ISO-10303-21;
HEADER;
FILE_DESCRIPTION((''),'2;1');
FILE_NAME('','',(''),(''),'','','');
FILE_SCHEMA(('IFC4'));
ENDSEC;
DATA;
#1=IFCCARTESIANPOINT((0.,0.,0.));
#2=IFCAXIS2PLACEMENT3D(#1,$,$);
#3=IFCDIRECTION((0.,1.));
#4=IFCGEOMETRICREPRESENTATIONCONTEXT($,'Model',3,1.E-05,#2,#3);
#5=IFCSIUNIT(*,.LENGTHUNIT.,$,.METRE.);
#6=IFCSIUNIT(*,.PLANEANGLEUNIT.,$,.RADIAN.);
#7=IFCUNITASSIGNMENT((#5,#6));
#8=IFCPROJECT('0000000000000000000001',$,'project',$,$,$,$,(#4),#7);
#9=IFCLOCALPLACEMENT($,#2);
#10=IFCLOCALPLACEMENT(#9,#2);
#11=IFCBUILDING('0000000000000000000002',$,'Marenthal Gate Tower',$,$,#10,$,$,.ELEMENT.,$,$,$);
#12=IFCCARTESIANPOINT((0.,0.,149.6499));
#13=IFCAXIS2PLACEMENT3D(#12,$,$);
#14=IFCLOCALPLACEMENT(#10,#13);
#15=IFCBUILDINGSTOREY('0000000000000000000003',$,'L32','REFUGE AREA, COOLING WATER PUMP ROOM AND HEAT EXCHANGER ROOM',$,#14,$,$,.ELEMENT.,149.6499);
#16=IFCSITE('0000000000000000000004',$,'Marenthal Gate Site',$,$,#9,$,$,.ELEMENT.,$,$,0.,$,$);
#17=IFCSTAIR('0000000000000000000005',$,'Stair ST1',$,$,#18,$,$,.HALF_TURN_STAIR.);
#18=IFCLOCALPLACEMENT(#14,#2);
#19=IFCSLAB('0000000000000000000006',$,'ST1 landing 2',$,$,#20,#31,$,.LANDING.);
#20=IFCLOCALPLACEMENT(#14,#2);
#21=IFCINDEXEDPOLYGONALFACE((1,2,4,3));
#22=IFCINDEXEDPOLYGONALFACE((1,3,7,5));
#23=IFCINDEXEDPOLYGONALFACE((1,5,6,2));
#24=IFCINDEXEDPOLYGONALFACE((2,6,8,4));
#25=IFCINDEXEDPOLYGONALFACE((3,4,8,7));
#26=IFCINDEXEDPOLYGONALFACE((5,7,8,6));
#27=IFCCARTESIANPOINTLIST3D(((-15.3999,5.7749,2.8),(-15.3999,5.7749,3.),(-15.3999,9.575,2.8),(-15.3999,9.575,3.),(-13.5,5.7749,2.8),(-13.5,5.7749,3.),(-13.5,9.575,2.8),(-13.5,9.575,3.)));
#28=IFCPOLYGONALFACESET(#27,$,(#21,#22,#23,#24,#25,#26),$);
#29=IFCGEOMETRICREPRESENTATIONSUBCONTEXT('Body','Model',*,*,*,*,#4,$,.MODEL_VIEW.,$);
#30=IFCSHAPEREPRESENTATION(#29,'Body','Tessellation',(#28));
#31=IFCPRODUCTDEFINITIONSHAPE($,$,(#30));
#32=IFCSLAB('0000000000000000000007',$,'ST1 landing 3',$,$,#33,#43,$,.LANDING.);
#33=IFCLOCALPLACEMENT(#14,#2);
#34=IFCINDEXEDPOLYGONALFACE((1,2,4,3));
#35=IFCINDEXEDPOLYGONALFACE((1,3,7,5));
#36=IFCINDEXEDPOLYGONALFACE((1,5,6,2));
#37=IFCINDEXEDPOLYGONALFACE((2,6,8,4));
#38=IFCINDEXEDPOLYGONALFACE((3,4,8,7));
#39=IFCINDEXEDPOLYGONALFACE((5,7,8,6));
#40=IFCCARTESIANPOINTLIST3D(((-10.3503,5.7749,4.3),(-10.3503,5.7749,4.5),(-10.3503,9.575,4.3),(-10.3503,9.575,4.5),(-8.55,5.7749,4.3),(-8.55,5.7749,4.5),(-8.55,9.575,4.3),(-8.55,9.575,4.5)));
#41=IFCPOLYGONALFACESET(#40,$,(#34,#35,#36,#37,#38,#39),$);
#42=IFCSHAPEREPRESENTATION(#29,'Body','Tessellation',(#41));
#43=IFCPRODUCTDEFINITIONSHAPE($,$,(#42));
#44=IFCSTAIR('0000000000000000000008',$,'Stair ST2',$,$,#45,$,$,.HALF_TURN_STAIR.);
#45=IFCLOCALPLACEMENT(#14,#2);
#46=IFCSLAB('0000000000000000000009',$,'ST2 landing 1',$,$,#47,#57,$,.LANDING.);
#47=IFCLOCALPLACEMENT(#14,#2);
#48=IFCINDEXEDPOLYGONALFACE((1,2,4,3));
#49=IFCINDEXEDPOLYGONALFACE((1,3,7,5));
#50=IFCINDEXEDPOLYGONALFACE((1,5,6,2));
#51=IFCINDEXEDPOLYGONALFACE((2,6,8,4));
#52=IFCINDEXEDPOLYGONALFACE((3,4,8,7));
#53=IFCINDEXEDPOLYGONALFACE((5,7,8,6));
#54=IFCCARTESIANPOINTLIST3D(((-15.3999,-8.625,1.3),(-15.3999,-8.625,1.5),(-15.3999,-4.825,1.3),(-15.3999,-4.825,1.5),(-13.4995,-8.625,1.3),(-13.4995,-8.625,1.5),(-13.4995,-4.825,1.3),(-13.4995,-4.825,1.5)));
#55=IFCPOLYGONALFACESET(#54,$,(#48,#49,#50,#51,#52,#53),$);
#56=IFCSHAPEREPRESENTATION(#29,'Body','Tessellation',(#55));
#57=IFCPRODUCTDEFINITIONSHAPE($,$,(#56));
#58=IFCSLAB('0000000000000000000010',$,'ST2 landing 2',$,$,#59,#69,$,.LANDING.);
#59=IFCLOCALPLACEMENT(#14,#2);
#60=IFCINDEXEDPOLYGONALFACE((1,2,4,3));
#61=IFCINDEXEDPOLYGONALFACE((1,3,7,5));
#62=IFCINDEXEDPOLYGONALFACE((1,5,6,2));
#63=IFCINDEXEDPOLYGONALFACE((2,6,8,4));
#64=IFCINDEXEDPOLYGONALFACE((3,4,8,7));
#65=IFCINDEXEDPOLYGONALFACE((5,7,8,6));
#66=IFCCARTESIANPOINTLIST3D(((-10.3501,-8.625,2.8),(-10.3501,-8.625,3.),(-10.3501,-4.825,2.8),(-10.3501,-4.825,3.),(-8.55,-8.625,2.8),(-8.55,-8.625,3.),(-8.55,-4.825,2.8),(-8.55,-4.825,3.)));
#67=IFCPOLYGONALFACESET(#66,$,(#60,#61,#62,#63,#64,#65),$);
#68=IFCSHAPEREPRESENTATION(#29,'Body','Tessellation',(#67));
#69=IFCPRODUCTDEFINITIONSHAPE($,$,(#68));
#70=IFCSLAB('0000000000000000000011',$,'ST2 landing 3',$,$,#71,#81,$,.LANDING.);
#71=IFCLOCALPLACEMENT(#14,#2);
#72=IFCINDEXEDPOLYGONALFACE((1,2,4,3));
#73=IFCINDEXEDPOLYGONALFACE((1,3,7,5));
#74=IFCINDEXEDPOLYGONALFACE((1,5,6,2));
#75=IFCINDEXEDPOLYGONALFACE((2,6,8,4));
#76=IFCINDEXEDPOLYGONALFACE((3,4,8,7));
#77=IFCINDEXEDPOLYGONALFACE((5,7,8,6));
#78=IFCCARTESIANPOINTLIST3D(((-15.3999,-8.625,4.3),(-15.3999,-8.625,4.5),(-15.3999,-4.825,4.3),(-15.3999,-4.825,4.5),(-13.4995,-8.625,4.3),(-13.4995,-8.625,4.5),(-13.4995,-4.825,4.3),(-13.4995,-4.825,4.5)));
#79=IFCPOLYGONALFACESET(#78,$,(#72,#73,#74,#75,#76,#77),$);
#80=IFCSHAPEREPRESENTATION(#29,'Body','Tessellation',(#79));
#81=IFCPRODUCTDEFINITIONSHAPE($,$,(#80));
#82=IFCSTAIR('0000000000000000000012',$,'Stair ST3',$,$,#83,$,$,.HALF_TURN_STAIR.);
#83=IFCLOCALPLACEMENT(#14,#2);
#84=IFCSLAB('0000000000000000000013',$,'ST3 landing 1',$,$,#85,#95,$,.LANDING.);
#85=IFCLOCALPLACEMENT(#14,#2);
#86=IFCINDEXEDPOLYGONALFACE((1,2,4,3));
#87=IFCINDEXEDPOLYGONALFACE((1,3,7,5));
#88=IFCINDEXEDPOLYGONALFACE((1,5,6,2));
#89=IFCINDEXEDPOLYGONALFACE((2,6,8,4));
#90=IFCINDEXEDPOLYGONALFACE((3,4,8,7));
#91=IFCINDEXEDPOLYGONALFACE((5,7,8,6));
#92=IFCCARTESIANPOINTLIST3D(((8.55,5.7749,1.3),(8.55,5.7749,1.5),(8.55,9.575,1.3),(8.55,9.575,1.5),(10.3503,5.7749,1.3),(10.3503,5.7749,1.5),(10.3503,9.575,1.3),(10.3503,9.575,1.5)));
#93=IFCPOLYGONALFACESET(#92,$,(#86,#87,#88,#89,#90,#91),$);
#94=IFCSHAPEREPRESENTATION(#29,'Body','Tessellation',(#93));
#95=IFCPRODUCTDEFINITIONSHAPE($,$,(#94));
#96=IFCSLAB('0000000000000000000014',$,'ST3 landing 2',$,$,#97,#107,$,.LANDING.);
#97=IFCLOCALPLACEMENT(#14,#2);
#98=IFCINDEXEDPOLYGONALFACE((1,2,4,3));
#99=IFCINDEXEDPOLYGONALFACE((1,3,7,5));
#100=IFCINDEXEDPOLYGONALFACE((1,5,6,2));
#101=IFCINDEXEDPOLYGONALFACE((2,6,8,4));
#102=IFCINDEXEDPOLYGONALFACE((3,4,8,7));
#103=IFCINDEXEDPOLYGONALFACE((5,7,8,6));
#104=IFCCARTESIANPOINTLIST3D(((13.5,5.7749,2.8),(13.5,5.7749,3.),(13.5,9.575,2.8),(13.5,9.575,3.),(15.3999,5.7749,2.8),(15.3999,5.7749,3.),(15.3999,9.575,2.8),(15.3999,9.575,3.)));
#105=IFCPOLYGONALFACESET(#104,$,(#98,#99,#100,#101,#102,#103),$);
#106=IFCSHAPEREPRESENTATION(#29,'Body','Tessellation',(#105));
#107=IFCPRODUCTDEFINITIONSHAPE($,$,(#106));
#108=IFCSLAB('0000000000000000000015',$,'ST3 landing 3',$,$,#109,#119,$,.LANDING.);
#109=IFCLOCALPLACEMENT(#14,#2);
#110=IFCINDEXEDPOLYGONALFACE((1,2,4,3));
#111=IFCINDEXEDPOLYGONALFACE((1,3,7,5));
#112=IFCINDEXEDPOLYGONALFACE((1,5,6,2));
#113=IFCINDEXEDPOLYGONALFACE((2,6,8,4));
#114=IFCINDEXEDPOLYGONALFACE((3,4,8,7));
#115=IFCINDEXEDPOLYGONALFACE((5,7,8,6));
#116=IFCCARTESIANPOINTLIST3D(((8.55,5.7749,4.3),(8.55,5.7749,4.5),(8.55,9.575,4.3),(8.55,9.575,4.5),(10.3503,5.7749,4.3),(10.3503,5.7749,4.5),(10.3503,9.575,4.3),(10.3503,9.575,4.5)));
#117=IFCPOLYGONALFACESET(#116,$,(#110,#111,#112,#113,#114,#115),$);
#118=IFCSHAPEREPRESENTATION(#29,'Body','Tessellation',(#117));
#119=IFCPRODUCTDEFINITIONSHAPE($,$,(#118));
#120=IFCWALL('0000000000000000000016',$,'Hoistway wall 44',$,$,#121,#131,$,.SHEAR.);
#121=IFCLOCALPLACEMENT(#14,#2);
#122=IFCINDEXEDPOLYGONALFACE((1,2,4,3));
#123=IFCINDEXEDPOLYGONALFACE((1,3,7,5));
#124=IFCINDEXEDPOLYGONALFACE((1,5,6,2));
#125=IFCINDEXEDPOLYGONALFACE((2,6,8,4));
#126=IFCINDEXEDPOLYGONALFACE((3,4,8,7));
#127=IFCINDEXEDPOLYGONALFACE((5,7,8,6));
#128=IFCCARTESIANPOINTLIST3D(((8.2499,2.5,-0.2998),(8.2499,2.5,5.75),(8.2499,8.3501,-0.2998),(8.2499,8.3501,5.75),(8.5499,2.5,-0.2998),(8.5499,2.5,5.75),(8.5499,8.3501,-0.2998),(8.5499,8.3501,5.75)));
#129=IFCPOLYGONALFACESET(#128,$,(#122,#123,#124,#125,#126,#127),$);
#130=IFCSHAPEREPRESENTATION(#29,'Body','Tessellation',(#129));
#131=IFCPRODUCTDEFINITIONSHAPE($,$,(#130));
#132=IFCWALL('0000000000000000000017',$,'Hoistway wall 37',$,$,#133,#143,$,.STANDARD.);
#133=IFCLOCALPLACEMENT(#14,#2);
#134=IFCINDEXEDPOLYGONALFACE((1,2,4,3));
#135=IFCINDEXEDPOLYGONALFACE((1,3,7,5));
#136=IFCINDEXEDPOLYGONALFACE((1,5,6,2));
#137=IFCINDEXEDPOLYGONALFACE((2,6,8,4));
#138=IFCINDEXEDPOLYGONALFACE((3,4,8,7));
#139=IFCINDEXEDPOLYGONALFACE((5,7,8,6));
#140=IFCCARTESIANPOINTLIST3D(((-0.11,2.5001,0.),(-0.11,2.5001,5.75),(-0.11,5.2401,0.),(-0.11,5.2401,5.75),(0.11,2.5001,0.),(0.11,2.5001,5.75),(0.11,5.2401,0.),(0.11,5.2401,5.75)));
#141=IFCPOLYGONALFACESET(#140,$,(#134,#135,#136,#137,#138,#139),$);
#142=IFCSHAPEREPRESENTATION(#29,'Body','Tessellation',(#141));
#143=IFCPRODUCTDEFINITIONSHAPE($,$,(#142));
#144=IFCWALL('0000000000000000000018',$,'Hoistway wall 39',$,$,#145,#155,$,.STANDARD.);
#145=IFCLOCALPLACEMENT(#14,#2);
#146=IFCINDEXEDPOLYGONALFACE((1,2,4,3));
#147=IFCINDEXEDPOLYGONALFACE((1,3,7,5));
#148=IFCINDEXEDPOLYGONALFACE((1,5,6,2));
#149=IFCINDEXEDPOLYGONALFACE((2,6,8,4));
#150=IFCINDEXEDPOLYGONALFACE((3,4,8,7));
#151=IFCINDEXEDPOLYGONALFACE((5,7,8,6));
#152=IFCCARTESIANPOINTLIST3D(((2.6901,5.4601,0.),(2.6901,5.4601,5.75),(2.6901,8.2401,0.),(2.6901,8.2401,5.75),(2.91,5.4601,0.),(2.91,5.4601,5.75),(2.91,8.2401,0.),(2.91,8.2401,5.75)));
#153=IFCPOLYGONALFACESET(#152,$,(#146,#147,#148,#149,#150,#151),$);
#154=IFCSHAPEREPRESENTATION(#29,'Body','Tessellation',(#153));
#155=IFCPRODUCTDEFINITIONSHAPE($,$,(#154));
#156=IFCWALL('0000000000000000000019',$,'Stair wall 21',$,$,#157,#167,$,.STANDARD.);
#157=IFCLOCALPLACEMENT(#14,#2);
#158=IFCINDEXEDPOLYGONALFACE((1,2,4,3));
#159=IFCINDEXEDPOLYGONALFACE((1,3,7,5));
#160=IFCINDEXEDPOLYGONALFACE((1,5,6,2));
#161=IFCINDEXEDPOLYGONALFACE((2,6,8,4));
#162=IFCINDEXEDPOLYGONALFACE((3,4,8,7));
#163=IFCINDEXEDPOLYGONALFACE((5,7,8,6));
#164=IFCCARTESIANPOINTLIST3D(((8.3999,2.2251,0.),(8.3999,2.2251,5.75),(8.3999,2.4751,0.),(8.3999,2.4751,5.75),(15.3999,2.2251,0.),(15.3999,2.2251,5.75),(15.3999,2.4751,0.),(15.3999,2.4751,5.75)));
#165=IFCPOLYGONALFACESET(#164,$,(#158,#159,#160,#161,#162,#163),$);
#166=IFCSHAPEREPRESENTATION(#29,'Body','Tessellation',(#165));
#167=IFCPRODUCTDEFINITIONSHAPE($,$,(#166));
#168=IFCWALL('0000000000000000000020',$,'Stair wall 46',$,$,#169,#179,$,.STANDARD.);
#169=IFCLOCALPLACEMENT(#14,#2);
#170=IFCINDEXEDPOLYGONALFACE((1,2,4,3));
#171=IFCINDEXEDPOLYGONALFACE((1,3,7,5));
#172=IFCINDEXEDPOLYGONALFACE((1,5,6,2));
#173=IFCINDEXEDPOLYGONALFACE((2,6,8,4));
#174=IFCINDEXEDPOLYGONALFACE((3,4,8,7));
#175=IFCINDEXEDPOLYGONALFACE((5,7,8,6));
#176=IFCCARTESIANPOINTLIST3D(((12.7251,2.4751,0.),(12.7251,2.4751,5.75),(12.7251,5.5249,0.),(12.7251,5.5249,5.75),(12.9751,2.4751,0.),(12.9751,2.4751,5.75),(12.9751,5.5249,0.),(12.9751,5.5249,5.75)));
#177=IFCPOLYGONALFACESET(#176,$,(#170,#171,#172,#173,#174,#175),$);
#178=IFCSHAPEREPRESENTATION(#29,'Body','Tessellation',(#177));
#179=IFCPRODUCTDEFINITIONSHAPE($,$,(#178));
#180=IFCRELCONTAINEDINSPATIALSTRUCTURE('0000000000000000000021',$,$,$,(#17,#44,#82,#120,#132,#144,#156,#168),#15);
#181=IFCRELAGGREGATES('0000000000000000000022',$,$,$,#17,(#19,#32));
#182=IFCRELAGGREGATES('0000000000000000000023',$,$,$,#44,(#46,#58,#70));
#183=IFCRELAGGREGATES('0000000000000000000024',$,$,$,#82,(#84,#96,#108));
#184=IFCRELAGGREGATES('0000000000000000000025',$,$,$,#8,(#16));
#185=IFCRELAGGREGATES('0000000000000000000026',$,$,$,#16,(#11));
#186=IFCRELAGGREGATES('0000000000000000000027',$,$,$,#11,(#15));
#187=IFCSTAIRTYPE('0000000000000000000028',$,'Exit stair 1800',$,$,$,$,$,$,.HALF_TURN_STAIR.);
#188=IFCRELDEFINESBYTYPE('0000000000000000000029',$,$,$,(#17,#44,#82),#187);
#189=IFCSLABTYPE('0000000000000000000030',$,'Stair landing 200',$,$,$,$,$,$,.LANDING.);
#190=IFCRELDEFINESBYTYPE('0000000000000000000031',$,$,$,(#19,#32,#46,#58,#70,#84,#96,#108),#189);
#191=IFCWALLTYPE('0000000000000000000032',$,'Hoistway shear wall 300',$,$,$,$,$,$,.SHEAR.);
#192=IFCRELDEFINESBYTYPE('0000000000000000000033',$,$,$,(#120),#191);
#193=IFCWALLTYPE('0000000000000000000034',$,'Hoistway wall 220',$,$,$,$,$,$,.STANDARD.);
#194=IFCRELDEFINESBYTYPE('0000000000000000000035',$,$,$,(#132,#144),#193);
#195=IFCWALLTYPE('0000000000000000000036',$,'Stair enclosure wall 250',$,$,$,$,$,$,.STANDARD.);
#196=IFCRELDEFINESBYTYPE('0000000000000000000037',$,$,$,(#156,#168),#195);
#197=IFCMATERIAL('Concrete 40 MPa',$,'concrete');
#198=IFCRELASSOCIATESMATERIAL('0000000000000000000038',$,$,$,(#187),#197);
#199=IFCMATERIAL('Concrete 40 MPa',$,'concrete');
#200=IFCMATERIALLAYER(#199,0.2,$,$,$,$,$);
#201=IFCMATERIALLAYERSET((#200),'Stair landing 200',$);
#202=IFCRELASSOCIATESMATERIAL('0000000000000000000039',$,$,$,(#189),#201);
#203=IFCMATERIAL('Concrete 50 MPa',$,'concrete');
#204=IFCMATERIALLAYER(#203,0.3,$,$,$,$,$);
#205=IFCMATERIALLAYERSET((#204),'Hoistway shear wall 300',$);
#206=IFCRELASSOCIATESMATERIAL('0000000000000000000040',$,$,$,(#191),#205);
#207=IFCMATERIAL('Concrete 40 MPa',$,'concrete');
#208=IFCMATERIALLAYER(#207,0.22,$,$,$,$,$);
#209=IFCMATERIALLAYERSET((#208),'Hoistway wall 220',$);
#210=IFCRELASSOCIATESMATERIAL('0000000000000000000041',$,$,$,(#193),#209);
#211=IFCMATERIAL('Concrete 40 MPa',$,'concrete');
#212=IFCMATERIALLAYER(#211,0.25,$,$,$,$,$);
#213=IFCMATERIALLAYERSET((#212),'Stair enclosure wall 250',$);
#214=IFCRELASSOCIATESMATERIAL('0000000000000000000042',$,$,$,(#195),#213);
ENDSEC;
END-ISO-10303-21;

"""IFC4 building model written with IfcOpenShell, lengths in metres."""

from ifc_helpers import new_model, si_unit, direction, frame, frame_2d, origin, place, context, subcontext, project, spatial, polyline, rectangle, outline, extrude, material, layer, layer_set, type_object, element, aggregate, save


model = new_model("IFC4")

# Units and contexts
model_context = context("Model", 3, precision=1e-05, world=origin(), true_north=direction((0.0, 1.0)))
body_context = subcontext(model_context, "Body", "Model", "MODEL_VIEW")
ifc_project = project(units=[si_unit("LENGTHUNIT", "METRE"), si_unit("PLANEANGLEUNIT", "RADIAN")], contexts=[model_context])

# Site, building, storey
site_placement = place(None, origin())
site = spatial("IfcSite", under=ifc_project, at=site_placement, Name="Marenthal Gate Site", CompositionType="ELEMENT", RefElevation=0.0)
building_placement = place(site_placement, origin())
building = spatial("IfcBuilding", under=site, at=building_placement, Name="Marenthal Gate Tower", CompositionType="ELEMENT")
storey_placement = place(building_placement, frame((0.0, 0.0, 149.6499)))
storey = spatial("IfcBuildingStorey", under=building, at=storey_placement, Name="L32", Description="REFUGE AREA, COOLING WATER PUMP ROOM AND HEAT EXCHANGER ROOM", CompositionType="ELEMENT", Elevation=149.6499)

# Stairs, slabs
ifc_material_1 = material(Name="Concrete 40 MPa", Category="concrete")
stair_type = type_object("IfcStairType", Name="Exit stair 1800", PredefinedType="HALF_TURN_STAIR", material=ifc_material_1)
stair_1_placement = place(storey_placement, origin())
stair_1 = element("IfcStair", 1, at=stair_1_placement, inside=storey, type_object=stair_type, Name="Stair ST1", PredefinedType="HALF_TURN_STAIR")
ifc_material_2 = material(Name="Concrete 40 MPa", Category="concrete")
ifc_layer_1 = layer(ifc_material_2, 0.2)
ifc_layer_set_1 = layer_set([ifc_layer_1], Name="Stair landing 200")
slab_type = type_object("IfcSlabType", Name="Stair landing 200", PredefinedType="LANDING", material=ifc_layer_set_1)
slab_1_placement = place(storey_placement, frame((0.0, 0.0, 2.8)))
slab_1 = element("IfcSlab", 2, at=slab_1_placement, type_object=slab_type, Name="ST1 landing 2", PredefinedType="LANDING", context=body_context, shape_type="SweptSolid", body=[
    extrude(outline(polyline([(-15.3999, 5.7749), (-13.5, 5.7749), (-13.5, 9.575), (-15.3999, 9.575), (-15.3999, 5.7749)])), origin(), (0.0, 0.0, 1.0), 0.2),
])
slab_2_placement = place(storey_placement, frame((0.0, 0.0, 4.3)))
slab_2 = element("IfcSlab", 3, at=slab_2_placement, type_object=slab_type, Name="ST1 landing 3", PredefinedType="LANDING", context=body_context, shape_type="SweptSolid", body=[
    extrude(outline(polyline([(-10.3503, 5.7749), (-8.55, 5.7749), (-8.55, 9.575), (-10.3503, 9.575), (-10.3503, 5.7749)])), origin(), (0.0, 0.0, 1.0), 0.2),
])
aggregate(stair_1, [slab_1, slab_2])
stair_2_placement = place(storey_placement, origin())
stair_2 = element("IfcStair", 4, at=stair_2_placement, inside=storey, type_object=stair_type, Name="Stair ST2", PredefinedType="HALF_TURN_STAIR")
slab_3_placement = place(storey_placement, frame((0.0, 0.0, 1.3)))
slab_3 = element("IfcSlab", 5, at=slab_3_placement, type_object=slab_type, Name="ST2 landing 1", PredefinedType="LANDING", context=body_context, shape_type="SweptSolid", body=[
    extrude(outline(polyline([(-15.3999, -8.625), (-13.4995, -8.625), (-13.4995, -4.825), (-15.3999, -4.825), (-15.3999, -8.625)])), origin(), (0.0, 0.0, 1.0), 0.2),
])
slab_4_placement = place(storey_placement, frame((0.0, 0.0, 2.8)))
slab_4 = element("IfcSlab", 6, at=slab_4_placement, type_object=slab_type, Name="ST2 landing 2", PredefinedType="LANDING", context=body_context, shape_type="SweptSolid", body=[
    extrude(outline(polyline([(-10.3501, -8.625), (-8.55, -8.625), (-8.55, -4.825), (-10.3501, -4.825), (-10.3501, -8.625)])), origin(), (0.0, 0.0, 1.0), 0.2),
])
slab_5_placement = place(storey_placement, frame((0.0, 0.0, 4.3)))
slab_5 = element("IfcSlab", 7, at=slab_5_placement, type_object=slab_type, Name="ST2 landing 3", PredefinedType="LANDING", context=body_context, shape_type="SweptSolid", body=[
    extrude(outline(polyline([(-15.3999, -8.625), (-13.4995, -8.625), (-13.4995, -4.825), (-15.3999, -4.825), (-15.3999, -8.625)])), origin(), (0.0, 0.0, 1.0), 0.2),
])
aggregate(stair_2, [slab_3, slab_4, slab_5])
stair_3_placement = place(storey_placement, origin())
stair_3 = element("IfcStair", 8, at=stair_3_placement, inside=storey, type_object=stair_type, Name="Stair ST3", PredefinedType="HALF_TURN_STAIR")
slab_6_placement = place(storey_placement, frame((0.0, 0.0, 1.3)))
slab_6 = element("IfcSlab", 9, at=slab_6_placement, type_object=slab_type, Name="ST3 landing 1", PredefinedType="LANDING", context=body_context, shape_type="SweptSolid", body=[
    extrude(outline(polyline([(8.55, 5.7749), (10.3503, 5.7749), (10.3503, 9.575), (8.55, 9.575), (8.55, 5.7749)])), origin(), (0.0, 0.0, 1.0), 0.2),
])
slab_7_placement = place(storey_placement, frame((0.0, 0.0, 2.8)))
slab_7 = element("IfcSlab", 10, at=slab_7_placement, type_object=slab_type, Name="ST3 landing 2", PredefinedType="LANDING", context=body_context, shape_type="SweptSolid", body=[
    extrude(outline(polyline([(13.5, 5.7749), (15.3999, 5.7749), (15.3999, 9.575), (13.5, 9.575), (13.5, 5.7749)])), origin(), (0.0, 0.0, 1.0), 0.2),
])
slab_8_placement = place(storey_placement, frame((0.0, 0.0, 4.3)))
slab_8 = element("IfcSlab", 11, at=slab_8_placement, type_object=slab_type, Name="ST3 landing 3", PredefinedType="LANDING", context=body_context, shape_type="SweptSolid", body=[
    extrude(outline(polyline([(8.55, 5.7749), (10.3503, 5.7749), (10.3503, 9.575), (8.55, 9.575), (8.55, 5.7749)])), origin(), (0.0, 0.0, 1.0), 0.2),
])

# Walls
ifc_material_3 = material(Name="Concrete 50 MPa", Category="concrete")
ifc_layer_2 = layer(ifc_material_3, 0.3)
ifc_layer_set_2 = layer_set([ifc_layer_2], Name="Hoistway shear wall 300")
wall_type_1 = type_object("IfcWallType", Name="Hoistway shear wall 300", PredefinedType="SHEAR", material=ifc_layer_set_2)
wall_1_placement = place(storey_placement, frame((8.3999, 2.5, -0.2998), z_axis=(0.0, 0.0, 1.0), x_axis=(0.0, 1.0, 0.0)))
element("IfcWall", 12, at=wall_1_placement, inside=storey, type_object=wall_type_1, Name="Hoistway wall 44", PredefinedType="SHEAR", context=body_context, shape_type="SweptSolid", body=[
    extrude(rectangle(XDim=5.8501, YDim=0.3, at=frame_2d((2.925, 0.0))), origin(), (0.0, 0.0, 1.0), 6.0498),
])
ifc_material_4 = material(Name="Concrete 40 MPa", Category="concrete")
ifc_layer_3 = layer(ifc_material_4, 0.22)
ifc_layer_set_3 = layer_set([ifc_layer_3], Name="Hoistway wall 220")
wall_type_2 = type_object("IfcWallType", Name="Hoistway wall 220", PredefinedType="STANDARD", material=ifc_layer_set_3)
wall_2_placement = place(storey_placement, frame((0.0, 2.5, 0.0), z_axis=(0.0, 0.0, 1.0), x_axis=(0.0, 1.0, 0.0)))
element("IfcWall", 13, at=wall_2_placement, inside=storey, type_object=wall_type_2, Name="Hoistway wall 37", PredefinedType="STANDARD", context=body_context, shape_type="SweptSolid", body=[
    extrude(rectangle(XDim=2.74, YDim=0.22, at=frame_2d((1.3701, 0.0))), origin(), (0.0, 0.0, 1.0), 5.75),
])
wall_3_placement = place(storey_placement, frame((2.8, 5.46, 0.0), z_axis=(0.0, 0.0, 1.0), x_axis=(0.0, 1.0, 0.0)))
element("IfcWall", 14, at=wall_3_placement, inside=storey, type_object=wall_type_2, Name="Hoistway wall 39", PredefinedType="STANDARD", context=body_context, shape_type="SweptSolid", body=[
    extrude(rectangle(XDim=2.78, YDim=0.22, at=frame_2d((1.3901, 0.0))), origin(), (0.0, 0.0, 1.0), 5.75),
])
ifc_material_5 = material(Name="Concrete 40 MPa", Category="concrete")
ifc_layer_4 = layer(ifc_material_5, 0.25)
ifc_layer_set_4 = layer_set([ifc_layer_4], Name="Stair enclosure wall 250")
wall_type_3 = type_object("IfcWallType", Name="Stair enclosure wall 250", PredefinedType="STANDARD", material=ifc_layer_set_4)
wall_4_placement = place(storey_placement, frame((8.3999, 2.3501, 0.0), z_axis=(0.0, 0.0, 1.0), x_axis=(1.0, 0.0, 0.0)))
element("IfcWall", 15, at=wall_4_placement, inside=storey, type_object=wall_type_3, Name="Stair wall 21", PredefinedType="STANDARD", context=body_context, shape_type="SweptSolid", body=[
    extrude(rectangle(XDim=7.0, YDim=0.25, at=frame_2d((3.5, 0.0))), origin(), (0.0, 0.0, 1.0), 5.75),
])
wall_5_placement = place(storey_placement, frame((12.8501, 2.4751, 0.0), z_axis=(0.0, 0.0, 1.0), x_axis=(0.0, 1.0, 0.0)))
element("IfcWall", 16, at=wall_5_placement, inside=storey, type_object=wall_type_3, Name="Stair wall 46", PredefinedType="STANDARD", context=body_context, shape_type="SweptSolid", body=[
    extrude(rectangle(XDim=3.0498, YDim=0.25, at=frame_2d((1.5249, 0.0))), origin(), (0.0, 0.0, 1.0), 5.75),
])

aggregate(stair_3, [slab_6, slab_7, slab_8])

save(model, "model.ifc")
